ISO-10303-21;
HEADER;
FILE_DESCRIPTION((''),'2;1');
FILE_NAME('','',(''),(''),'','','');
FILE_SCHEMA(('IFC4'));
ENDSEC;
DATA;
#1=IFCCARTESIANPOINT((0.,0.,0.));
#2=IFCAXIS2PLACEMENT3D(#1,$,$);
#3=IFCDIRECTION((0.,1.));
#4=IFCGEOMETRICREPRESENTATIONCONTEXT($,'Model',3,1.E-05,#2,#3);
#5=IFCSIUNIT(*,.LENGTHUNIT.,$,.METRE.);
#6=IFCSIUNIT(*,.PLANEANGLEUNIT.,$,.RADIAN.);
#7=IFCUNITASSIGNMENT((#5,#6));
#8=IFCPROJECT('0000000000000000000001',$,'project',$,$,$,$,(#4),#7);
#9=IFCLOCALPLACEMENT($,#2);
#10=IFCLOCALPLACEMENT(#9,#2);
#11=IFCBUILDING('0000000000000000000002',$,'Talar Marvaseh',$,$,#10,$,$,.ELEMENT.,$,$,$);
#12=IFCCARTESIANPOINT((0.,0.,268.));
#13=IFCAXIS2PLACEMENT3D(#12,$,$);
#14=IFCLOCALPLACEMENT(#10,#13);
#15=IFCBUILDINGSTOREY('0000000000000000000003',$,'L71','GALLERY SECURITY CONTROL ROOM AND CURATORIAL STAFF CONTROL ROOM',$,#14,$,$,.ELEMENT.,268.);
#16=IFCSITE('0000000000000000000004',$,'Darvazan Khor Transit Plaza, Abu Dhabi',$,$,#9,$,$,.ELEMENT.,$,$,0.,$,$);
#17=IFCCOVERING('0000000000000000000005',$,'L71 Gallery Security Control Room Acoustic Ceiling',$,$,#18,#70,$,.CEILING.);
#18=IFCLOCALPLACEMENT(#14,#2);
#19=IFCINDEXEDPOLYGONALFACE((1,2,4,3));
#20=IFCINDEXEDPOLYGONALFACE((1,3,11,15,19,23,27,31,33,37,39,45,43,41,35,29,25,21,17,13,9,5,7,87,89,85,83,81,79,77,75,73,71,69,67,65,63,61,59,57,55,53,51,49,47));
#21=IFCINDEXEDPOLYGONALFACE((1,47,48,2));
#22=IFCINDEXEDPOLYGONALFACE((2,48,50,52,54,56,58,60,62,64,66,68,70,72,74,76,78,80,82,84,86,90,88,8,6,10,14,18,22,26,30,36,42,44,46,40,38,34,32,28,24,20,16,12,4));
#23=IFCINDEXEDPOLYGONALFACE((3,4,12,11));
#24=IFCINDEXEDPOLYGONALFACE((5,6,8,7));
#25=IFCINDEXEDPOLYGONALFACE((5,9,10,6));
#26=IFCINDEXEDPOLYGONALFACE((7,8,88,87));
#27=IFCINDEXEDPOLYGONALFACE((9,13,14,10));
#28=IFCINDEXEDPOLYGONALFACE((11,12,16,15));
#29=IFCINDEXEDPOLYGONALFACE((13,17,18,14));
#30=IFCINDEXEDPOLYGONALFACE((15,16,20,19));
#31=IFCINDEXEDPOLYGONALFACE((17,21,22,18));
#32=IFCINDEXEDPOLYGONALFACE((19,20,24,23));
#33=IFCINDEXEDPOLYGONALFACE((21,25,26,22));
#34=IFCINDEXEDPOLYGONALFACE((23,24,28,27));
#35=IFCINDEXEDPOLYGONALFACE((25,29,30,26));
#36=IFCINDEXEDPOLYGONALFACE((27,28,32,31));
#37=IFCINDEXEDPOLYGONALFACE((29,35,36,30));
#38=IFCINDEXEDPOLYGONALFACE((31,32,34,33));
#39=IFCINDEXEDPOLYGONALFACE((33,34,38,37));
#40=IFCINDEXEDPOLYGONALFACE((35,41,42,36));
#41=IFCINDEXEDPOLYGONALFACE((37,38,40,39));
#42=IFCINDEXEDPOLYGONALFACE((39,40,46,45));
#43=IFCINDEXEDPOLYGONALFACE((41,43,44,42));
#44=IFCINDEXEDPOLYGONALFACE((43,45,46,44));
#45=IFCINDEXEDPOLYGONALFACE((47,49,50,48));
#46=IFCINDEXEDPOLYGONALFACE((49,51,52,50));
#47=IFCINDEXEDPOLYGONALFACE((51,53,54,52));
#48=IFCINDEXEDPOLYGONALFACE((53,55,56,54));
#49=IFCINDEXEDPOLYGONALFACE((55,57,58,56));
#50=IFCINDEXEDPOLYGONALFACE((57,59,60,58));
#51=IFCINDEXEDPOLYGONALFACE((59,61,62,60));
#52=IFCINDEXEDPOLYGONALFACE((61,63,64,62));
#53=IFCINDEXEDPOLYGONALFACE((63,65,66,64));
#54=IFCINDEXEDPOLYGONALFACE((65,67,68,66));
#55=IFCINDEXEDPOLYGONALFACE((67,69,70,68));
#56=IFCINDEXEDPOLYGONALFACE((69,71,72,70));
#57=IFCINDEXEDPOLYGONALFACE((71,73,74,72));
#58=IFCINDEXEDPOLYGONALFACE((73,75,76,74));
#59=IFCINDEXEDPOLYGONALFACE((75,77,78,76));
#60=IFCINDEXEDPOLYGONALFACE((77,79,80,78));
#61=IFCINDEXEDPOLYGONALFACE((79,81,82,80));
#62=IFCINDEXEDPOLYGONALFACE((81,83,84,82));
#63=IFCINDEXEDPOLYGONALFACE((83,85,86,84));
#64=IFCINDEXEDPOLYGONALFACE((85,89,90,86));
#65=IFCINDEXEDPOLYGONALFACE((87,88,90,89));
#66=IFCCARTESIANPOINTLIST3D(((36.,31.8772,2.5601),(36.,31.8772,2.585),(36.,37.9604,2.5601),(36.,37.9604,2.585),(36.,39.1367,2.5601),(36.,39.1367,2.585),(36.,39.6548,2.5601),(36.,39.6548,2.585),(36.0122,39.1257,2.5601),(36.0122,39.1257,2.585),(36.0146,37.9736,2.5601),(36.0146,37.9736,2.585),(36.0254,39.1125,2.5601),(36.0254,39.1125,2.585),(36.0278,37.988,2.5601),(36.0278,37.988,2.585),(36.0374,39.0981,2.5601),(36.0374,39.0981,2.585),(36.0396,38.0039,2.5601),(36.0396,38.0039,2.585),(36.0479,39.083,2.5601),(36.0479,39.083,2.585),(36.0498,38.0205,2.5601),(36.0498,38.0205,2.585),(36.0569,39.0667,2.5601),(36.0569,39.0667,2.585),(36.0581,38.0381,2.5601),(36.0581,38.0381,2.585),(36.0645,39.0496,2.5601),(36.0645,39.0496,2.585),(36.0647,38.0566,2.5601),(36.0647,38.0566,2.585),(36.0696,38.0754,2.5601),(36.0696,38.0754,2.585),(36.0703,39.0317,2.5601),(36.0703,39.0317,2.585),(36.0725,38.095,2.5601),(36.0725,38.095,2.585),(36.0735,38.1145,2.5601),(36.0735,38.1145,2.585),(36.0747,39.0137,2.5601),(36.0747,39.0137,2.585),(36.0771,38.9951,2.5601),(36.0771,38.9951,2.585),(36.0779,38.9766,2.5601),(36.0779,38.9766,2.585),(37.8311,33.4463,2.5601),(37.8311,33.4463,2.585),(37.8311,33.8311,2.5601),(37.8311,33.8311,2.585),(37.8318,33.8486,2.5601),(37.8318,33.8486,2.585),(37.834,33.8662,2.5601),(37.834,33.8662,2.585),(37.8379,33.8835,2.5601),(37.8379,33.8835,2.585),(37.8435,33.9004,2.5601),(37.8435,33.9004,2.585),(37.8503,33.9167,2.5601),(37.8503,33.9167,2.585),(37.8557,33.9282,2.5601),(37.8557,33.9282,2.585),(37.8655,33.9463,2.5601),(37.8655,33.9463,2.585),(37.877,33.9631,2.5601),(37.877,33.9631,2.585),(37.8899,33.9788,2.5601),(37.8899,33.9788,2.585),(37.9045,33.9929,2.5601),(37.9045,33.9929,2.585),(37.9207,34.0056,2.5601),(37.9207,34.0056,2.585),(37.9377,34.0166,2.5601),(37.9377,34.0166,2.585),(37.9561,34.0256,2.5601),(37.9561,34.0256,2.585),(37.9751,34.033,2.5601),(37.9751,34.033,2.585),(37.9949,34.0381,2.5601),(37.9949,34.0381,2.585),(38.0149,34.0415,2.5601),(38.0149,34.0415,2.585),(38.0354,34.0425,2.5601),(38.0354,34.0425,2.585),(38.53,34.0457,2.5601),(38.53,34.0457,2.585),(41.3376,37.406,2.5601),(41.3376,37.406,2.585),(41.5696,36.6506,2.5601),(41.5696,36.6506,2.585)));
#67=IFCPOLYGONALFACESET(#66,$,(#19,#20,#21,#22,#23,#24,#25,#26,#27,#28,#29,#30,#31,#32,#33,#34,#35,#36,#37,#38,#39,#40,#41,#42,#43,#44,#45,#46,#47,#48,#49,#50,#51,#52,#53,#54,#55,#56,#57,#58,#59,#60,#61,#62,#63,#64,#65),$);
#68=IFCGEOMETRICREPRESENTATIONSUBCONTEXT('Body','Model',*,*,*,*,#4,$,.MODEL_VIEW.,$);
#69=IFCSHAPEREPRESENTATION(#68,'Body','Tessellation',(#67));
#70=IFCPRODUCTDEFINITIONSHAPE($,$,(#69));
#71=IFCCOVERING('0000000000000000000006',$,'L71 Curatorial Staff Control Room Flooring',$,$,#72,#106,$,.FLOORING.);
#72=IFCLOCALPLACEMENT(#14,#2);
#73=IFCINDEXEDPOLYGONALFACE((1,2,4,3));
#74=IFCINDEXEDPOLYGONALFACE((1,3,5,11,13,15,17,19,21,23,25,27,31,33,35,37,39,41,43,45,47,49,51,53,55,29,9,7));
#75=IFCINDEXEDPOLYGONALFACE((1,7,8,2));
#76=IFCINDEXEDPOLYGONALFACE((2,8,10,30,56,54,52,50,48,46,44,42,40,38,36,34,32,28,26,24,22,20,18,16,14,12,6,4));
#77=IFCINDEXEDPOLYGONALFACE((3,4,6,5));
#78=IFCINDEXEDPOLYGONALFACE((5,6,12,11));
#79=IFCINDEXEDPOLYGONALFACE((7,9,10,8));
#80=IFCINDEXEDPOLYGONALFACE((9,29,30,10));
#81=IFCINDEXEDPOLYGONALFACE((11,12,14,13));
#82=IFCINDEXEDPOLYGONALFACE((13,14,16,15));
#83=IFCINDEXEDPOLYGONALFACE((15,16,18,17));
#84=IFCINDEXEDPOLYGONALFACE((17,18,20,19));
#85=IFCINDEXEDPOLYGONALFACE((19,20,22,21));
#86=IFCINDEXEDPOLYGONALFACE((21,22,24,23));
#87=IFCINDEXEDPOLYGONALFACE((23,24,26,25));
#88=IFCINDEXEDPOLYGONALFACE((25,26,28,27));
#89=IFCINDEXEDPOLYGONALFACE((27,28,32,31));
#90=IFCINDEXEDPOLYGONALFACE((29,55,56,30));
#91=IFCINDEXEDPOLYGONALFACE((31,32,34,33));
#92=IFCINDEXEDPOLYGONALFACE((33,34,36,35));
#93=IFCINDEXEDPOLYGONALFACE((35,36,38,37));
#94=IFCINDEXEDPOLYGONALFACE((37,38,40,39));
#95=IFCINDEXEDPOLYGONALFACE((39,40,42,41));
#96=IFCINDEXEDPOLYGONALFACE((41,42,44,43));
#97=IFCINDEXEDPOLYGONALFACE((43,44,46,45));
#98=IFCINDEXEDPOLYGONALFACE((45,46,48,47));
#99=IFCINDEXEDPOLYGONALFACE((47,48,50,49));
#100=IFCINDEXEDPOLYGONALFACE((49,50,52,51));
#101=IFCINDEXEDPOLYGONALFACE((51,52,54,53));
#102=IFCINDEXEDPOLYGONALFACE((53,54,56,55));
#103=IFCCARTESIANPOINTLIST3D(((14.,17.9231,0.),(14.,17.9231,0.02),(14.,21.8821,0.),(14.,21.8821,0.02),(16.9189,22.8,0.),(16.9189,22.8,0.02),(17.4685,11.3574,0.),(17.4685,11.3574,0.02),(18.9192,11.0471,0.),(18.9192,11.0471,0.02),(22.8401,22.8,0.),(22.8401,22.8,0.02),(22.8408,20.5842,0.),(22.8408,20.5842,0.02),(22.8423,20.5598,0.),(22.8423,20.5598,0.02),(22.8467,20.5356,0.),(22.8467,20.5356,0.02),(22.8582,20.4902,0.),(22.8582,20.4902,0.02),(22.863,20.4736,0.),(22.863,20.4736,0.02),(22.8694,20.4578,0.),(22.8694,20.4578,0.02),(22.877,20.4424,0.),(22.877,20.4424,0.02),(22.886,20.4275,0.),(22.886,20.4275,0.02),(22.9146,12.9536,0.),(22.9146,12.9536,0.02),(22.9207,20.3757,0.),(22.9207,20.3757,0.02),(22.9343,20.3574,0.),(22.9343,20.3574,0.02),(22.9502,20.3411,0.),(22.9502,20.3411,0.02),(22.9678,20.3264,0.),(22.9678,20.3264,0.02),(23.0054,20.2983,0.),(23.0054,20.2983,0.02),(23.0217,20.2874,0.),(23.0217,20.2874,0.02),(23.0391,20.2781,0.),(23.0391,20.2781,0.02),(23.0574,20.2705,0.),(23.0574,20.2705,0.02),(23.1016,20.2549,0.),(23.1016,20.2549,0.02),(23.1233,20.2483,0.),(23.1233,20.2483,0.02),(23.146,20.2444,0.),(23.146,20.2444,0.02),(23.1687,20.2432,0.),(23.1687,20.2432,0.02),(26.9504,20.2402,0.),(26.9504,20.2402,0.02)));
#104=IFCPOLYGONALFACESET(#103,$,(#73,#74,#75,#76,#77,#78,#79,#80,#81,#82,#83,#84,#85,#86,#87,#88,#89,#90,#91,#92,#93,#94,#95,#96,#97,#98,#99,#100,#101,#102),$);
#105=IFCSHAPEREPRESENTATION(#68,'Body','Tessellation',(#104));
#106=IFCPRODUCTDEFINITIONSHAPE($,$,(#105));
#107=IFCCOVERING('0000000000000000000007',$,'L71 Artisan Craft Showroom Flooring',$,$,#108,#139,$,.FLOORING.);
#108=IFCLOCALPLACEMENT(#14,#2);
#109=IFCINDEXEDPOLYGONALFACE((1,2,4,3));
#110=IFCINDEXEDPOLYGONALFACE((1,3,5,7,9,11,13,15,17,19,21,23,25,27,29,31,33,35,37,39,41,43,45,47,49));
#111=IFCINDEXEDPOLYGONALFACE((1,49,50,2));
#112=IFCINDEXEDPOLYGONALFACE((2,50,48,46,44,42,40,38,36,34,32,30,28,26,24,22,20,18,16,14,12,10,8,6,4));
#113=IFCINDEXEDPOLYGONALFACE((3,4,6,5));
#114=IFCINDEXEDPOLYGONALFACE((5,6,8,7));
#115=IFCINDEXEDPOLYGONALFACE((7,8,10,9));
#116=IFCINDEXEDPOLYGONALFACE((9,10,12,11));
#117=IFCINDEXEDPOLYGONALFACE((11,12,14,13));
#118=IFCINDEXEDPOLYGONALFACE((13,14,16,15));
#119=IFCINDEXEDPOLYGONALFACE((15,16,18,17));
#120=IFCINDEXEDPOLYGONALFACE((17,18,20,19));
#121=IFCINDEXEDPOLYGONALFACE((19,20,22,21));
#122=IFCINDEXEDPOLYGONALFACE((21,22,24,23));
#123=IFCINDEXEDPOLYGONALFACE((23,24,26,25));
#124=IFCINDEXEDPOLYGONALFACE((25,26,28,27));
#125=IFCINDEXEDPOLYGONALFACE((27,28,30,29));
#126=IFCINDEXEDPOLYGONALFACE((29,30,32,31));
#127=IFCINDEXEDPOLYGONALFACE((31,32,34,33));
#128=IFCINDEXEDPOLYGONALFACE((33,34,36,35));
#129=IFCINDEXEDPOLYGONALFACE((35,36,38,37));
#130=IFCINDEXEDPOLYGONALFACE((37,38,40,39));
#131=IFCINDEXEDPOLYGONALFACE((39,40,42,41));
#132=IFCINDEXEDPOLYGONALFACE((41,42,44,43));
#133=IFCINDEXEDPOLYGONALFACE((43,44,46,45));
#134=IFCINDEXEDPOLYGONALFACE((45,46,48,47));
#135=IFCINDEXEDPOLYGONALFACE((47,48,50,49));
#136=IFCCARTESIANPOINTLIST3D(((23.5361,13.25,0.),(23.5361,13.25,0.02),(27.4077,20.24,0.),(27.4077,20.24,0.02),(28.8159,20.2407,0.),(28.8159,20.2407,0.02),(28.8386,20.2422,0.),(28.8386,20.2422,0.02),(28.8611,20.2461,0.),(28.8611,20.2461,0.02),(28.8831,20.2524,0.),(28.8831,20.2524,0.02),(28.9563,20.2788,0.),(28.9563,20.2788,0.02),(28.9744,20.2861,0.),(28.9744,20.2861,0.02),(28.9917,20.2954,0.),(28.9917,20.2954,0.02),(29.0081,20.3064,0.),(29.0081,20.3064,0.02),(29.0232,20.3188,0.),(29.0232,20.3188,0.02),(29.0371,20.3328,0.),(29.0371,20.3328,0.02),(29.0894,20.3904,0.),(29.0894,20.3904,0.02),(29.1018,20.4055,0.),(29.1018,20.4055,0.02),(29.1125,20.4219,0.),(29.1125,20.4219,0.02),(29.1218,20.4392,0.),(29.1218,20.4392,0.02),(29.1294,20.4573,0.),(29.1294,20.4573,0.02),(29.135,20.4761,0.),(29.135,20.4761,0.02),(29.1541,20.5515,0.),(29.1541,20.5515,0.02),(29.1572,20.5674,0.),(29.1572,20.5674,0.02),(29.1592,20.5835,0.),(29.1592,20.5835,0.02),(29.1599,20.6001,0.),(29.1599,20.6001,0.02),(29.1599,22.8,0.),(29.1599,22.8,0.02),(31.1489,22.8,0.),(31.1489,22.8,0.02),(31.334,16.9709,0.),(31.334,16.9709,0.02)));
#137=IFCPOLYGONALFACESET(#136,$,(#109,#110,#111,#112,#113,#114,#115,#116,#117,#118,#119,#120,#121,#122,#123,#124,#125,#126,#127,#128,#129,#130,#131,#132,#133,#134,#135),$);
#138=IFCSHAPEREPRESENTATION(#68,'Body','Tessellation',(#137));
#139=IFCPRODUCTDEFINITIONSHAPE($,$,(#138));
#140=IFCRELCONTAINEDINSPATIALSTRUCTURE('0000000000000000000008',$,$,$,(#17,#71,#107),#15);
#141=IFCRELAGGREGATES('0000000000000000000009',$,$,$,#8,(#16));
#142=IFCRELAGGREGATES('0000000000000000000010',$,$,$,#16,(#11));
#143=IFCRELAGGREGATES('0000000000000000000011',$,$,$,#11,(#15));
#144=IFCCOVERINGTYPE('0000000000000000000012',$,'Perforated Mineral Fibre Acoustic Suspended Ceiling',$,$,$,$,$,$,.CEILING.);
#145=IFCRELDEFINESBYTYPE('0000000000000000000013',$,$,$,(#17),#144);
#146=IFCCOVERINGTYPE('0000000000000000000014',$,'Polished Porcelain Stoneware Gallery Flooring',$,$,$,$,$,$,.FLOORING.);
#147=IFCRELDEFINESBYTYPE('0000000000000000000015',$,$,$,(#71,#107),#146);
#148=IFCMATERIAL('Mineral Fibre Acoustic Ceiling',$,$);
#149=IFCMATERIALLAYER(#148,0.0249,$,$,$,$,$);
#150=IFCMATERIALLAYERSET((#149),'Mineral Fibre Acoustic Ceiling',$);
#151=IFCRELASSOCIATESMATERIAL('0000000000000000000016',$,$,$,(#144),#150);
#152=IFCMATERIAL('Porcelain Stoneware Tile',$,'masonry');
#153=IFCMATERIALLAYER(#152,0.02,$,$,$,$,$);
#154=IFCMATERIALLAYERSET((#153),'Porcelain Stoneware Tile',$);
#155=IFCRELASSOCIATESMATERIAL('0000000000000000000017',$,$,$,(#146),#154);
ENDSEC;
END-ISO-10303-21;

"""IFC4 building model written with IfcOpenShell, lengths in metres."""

from ifc_helpers import new_model, si_unit, direction, frame, origin, place, context, subcontext, project, spatial, polyline, outline, extrude, material, layer, layer_set, type_object, element, save


model = new_model("IFC4")

# Units and contexts
model_context = context("Model", 3, precision=1e-05, world=origin(), true_north=direction((0.0, 1.0)))
body_context = subcontext(model_context, "Body", "Model", "MODEL_VIEW")
ifc_project = project(units=[si_unit("LENGTHUNIT", "METRE"), si_unit("PLANEANGLEUNIT", "RADIAN")], contexts=[model_context])

# Site, building, storey
site_placement = place(None, origin())
site = spatial("IfcSite", under=ifc_project, at=site_placement, Name="Darvazan Khor Transit Plaza, Abu Dhabi", CompositionType="ELEMENT", RefElevation=0.0)
building_placement = place(site_placement, origin())
building = spatial("IfcBuilding", under=site, at=building_placement, Name="Talar Marvaseh", CompositionType="ELEMENT")
storey_placement = place(building_placement, frame((0.0, 0.0, 268.0)))
storey = spatial("IfcBuildingStorey", under=building, at=storey_placement, Name="L71", Description="GALLERY SECURITY CONTROL ROOM AND CURATORIAL STAFF CONTROL ROOM", CompositionType="ELEMENT", Elevation=268.0)

# Coverings
ifc_material_1 = material(Name="Mineral Fibre Acoustic Ceiling")
ifc_layer_1 = layer(ifc_material_1, 0.0249)
ifc_layer_set_1 = layer_set([ifc_layer_1], Name="Mineral Fibre Acoustic Ceiling")
covering_type_1 = type_object("IfcCoveringType", Name="Perforated Mineral Fibre Acoustic Suspended Ceiling", PredefinedType="CEILING", material=ifc_layer_set_1)
covering_1_placement = place(storey_placement, frame((0.0, 0.0, 2.5601)))
element("IfcCovering", 1, at=covering_1_placement, inside=storey, type_object=covering_type_1, Name="L71 Gallery Security Control Room Acoustic Ceiling", PredefinedType="CEILING", context=body_context, shape_type="SweptSolid", body=[
    extrude(outline(polyline([(41.5696, 36.6506), (38.53, 34.0457), (38.0354, 34.0425), (38.0149, 34.0415), (37.9949, 34.0381), (37.9751, 34.033), (37.9561, 34.0256), (37.9377, 34.0166), (37.9207, 34.0056), (37.9045, 33.9929), (37.8899, 33.9788), (37.877, 33.9631), (37.8655, 33.9463), (37.8557, 33.9282), (37.8503, 33.9167), (37.8435, 33.9004), (37.8379, 33.8835), (37.834, 33.8662), (37.8318, 33.8486), (37.8311, 33.8311), (37.8311, 33.4463), (36.0, 31.8772), (36.0, 37.9604), (36.0, 37.9604), (36.0146, 37.9736), (36.0278, 37.988), (36.0396, 38.0039), (36.0498, 38.0205), (36.0581, 38.0381), (36.0647, 38.0566), (36.0696, 38.0754), (36.0725, 38.095), (36.0735, 38.1145), (36.0779, 38.9766), (36.0771, 38.9951), (36.0747, 39.0137), (36.0703, 39.0317), (36.0645, 39.0496), (36.0569, 39.0667), (36.0479, 39.083), (36.0374, 39.0981), (36.0254, 39.1125), (36.0122, 39.1257), (36.0, 39.1367), (36.0, 39.6548), (41.3376, 37.406), (41.5696, 36.6506)])), origin(), (0.0, 0.0, 1.0), 0.0249),
])
ifc_material_2 = material(Name="Porcelain Stoneware Tile", Category="masonry")
ifc_layer_2 = layer(ifc_material_2, 0.02)
ifc_layer_set_2 = layer_set([ifc_layer_2], Name="Porcelain Stoneware Tile")
covering_type_2 = type_object("IfcCoveringType", Name="Polished Porcelain Stoneware Gallery Flooring", PredefinedType="FLOORING", material=ifc_layer_set_2)
covering_2_placement = place(storey_placement, origin())
element("IfcCovering", 2, at=covering_2_placement, inside=storey, type_object=covering_type_2, Name="L71 Curatorial Staff Control Room Flooring", PredefinedType="FLOORING", context=body_context, shape_type="SweptSolid", body=[
    extrude(outline(polyline([(22.8401, 22.8), (22.8408, 20.5842), (22.8423, 20.5598), (22.8467, 20.5356), (22.8582, 20.4902), (22.863, 20.4736), (22.8694, 20.4578), (22.877, 20.4424), (22.886, 20.4275), (22.9207, 20.3757), (22.9343, 20.3574), (22.9502, 20.3411), (22.9678, 20.3264), (23.0054, 20.2983), (23.0217, 20.2874), (23.0391, 20.2781), (23.0574, 20.2705), (23.1016, 20.2549), (23.1233, 20.2483), (23.146, 20.2444), (23.1687, 20.2432), (26.9504, 20.2402), (22.9146, 12.9536), (18.9192, 11.0471), (17.4685, 11.3574), (14.0, 17.9231), (14.0, 21.8821), (16.9189, 22.8), (22.8401, 22.8)])), origin(), (0.0, 0.0, 1.0), 0.02),
])
covering_3_placement = place(storey_placement, origin())
element("IfcCovering", 3, at=covering_3_placement, inside=storey, type_object=covering_type_2, Name="L71 Artisan Craft Showroom Flooring", PredefinedType="FLOORING", context=body_context, shape_type="SweptSolid", body=[
    extrude(outline(polyline([(28.8386, 20.2422), (28.8611, 20.2461), (28.8831, 20.2524), (28.9563, 20.2788), (28.9744, 20.2861), (28.9917, 20.2954), (29.0081, 20.3064), (29.0232, 20.3188), (29.0371, 20.3328), (29.0894, 20.3904), (29.1018, 20.4055), (29.1125, 20.4219), (29.1218, 20.4392), (29.1294, 20.4573), (29.135, 20.4761), (29.1541, 20.5515), (29.1572, 20.5674), (29.1592, 20.5835), (29.1599, 20.6001), (29.1599, 22.8), (31.1489, 22.8), (31.334, 16.9709), (23.5361, 13.25), (27.4077, 20.24), (28.8159, 20.2407), (28.8386, 20.2422)])), origin(), (0.0, 0.0, 1.0), 0.02),
])

save(model, "model.ifc")
